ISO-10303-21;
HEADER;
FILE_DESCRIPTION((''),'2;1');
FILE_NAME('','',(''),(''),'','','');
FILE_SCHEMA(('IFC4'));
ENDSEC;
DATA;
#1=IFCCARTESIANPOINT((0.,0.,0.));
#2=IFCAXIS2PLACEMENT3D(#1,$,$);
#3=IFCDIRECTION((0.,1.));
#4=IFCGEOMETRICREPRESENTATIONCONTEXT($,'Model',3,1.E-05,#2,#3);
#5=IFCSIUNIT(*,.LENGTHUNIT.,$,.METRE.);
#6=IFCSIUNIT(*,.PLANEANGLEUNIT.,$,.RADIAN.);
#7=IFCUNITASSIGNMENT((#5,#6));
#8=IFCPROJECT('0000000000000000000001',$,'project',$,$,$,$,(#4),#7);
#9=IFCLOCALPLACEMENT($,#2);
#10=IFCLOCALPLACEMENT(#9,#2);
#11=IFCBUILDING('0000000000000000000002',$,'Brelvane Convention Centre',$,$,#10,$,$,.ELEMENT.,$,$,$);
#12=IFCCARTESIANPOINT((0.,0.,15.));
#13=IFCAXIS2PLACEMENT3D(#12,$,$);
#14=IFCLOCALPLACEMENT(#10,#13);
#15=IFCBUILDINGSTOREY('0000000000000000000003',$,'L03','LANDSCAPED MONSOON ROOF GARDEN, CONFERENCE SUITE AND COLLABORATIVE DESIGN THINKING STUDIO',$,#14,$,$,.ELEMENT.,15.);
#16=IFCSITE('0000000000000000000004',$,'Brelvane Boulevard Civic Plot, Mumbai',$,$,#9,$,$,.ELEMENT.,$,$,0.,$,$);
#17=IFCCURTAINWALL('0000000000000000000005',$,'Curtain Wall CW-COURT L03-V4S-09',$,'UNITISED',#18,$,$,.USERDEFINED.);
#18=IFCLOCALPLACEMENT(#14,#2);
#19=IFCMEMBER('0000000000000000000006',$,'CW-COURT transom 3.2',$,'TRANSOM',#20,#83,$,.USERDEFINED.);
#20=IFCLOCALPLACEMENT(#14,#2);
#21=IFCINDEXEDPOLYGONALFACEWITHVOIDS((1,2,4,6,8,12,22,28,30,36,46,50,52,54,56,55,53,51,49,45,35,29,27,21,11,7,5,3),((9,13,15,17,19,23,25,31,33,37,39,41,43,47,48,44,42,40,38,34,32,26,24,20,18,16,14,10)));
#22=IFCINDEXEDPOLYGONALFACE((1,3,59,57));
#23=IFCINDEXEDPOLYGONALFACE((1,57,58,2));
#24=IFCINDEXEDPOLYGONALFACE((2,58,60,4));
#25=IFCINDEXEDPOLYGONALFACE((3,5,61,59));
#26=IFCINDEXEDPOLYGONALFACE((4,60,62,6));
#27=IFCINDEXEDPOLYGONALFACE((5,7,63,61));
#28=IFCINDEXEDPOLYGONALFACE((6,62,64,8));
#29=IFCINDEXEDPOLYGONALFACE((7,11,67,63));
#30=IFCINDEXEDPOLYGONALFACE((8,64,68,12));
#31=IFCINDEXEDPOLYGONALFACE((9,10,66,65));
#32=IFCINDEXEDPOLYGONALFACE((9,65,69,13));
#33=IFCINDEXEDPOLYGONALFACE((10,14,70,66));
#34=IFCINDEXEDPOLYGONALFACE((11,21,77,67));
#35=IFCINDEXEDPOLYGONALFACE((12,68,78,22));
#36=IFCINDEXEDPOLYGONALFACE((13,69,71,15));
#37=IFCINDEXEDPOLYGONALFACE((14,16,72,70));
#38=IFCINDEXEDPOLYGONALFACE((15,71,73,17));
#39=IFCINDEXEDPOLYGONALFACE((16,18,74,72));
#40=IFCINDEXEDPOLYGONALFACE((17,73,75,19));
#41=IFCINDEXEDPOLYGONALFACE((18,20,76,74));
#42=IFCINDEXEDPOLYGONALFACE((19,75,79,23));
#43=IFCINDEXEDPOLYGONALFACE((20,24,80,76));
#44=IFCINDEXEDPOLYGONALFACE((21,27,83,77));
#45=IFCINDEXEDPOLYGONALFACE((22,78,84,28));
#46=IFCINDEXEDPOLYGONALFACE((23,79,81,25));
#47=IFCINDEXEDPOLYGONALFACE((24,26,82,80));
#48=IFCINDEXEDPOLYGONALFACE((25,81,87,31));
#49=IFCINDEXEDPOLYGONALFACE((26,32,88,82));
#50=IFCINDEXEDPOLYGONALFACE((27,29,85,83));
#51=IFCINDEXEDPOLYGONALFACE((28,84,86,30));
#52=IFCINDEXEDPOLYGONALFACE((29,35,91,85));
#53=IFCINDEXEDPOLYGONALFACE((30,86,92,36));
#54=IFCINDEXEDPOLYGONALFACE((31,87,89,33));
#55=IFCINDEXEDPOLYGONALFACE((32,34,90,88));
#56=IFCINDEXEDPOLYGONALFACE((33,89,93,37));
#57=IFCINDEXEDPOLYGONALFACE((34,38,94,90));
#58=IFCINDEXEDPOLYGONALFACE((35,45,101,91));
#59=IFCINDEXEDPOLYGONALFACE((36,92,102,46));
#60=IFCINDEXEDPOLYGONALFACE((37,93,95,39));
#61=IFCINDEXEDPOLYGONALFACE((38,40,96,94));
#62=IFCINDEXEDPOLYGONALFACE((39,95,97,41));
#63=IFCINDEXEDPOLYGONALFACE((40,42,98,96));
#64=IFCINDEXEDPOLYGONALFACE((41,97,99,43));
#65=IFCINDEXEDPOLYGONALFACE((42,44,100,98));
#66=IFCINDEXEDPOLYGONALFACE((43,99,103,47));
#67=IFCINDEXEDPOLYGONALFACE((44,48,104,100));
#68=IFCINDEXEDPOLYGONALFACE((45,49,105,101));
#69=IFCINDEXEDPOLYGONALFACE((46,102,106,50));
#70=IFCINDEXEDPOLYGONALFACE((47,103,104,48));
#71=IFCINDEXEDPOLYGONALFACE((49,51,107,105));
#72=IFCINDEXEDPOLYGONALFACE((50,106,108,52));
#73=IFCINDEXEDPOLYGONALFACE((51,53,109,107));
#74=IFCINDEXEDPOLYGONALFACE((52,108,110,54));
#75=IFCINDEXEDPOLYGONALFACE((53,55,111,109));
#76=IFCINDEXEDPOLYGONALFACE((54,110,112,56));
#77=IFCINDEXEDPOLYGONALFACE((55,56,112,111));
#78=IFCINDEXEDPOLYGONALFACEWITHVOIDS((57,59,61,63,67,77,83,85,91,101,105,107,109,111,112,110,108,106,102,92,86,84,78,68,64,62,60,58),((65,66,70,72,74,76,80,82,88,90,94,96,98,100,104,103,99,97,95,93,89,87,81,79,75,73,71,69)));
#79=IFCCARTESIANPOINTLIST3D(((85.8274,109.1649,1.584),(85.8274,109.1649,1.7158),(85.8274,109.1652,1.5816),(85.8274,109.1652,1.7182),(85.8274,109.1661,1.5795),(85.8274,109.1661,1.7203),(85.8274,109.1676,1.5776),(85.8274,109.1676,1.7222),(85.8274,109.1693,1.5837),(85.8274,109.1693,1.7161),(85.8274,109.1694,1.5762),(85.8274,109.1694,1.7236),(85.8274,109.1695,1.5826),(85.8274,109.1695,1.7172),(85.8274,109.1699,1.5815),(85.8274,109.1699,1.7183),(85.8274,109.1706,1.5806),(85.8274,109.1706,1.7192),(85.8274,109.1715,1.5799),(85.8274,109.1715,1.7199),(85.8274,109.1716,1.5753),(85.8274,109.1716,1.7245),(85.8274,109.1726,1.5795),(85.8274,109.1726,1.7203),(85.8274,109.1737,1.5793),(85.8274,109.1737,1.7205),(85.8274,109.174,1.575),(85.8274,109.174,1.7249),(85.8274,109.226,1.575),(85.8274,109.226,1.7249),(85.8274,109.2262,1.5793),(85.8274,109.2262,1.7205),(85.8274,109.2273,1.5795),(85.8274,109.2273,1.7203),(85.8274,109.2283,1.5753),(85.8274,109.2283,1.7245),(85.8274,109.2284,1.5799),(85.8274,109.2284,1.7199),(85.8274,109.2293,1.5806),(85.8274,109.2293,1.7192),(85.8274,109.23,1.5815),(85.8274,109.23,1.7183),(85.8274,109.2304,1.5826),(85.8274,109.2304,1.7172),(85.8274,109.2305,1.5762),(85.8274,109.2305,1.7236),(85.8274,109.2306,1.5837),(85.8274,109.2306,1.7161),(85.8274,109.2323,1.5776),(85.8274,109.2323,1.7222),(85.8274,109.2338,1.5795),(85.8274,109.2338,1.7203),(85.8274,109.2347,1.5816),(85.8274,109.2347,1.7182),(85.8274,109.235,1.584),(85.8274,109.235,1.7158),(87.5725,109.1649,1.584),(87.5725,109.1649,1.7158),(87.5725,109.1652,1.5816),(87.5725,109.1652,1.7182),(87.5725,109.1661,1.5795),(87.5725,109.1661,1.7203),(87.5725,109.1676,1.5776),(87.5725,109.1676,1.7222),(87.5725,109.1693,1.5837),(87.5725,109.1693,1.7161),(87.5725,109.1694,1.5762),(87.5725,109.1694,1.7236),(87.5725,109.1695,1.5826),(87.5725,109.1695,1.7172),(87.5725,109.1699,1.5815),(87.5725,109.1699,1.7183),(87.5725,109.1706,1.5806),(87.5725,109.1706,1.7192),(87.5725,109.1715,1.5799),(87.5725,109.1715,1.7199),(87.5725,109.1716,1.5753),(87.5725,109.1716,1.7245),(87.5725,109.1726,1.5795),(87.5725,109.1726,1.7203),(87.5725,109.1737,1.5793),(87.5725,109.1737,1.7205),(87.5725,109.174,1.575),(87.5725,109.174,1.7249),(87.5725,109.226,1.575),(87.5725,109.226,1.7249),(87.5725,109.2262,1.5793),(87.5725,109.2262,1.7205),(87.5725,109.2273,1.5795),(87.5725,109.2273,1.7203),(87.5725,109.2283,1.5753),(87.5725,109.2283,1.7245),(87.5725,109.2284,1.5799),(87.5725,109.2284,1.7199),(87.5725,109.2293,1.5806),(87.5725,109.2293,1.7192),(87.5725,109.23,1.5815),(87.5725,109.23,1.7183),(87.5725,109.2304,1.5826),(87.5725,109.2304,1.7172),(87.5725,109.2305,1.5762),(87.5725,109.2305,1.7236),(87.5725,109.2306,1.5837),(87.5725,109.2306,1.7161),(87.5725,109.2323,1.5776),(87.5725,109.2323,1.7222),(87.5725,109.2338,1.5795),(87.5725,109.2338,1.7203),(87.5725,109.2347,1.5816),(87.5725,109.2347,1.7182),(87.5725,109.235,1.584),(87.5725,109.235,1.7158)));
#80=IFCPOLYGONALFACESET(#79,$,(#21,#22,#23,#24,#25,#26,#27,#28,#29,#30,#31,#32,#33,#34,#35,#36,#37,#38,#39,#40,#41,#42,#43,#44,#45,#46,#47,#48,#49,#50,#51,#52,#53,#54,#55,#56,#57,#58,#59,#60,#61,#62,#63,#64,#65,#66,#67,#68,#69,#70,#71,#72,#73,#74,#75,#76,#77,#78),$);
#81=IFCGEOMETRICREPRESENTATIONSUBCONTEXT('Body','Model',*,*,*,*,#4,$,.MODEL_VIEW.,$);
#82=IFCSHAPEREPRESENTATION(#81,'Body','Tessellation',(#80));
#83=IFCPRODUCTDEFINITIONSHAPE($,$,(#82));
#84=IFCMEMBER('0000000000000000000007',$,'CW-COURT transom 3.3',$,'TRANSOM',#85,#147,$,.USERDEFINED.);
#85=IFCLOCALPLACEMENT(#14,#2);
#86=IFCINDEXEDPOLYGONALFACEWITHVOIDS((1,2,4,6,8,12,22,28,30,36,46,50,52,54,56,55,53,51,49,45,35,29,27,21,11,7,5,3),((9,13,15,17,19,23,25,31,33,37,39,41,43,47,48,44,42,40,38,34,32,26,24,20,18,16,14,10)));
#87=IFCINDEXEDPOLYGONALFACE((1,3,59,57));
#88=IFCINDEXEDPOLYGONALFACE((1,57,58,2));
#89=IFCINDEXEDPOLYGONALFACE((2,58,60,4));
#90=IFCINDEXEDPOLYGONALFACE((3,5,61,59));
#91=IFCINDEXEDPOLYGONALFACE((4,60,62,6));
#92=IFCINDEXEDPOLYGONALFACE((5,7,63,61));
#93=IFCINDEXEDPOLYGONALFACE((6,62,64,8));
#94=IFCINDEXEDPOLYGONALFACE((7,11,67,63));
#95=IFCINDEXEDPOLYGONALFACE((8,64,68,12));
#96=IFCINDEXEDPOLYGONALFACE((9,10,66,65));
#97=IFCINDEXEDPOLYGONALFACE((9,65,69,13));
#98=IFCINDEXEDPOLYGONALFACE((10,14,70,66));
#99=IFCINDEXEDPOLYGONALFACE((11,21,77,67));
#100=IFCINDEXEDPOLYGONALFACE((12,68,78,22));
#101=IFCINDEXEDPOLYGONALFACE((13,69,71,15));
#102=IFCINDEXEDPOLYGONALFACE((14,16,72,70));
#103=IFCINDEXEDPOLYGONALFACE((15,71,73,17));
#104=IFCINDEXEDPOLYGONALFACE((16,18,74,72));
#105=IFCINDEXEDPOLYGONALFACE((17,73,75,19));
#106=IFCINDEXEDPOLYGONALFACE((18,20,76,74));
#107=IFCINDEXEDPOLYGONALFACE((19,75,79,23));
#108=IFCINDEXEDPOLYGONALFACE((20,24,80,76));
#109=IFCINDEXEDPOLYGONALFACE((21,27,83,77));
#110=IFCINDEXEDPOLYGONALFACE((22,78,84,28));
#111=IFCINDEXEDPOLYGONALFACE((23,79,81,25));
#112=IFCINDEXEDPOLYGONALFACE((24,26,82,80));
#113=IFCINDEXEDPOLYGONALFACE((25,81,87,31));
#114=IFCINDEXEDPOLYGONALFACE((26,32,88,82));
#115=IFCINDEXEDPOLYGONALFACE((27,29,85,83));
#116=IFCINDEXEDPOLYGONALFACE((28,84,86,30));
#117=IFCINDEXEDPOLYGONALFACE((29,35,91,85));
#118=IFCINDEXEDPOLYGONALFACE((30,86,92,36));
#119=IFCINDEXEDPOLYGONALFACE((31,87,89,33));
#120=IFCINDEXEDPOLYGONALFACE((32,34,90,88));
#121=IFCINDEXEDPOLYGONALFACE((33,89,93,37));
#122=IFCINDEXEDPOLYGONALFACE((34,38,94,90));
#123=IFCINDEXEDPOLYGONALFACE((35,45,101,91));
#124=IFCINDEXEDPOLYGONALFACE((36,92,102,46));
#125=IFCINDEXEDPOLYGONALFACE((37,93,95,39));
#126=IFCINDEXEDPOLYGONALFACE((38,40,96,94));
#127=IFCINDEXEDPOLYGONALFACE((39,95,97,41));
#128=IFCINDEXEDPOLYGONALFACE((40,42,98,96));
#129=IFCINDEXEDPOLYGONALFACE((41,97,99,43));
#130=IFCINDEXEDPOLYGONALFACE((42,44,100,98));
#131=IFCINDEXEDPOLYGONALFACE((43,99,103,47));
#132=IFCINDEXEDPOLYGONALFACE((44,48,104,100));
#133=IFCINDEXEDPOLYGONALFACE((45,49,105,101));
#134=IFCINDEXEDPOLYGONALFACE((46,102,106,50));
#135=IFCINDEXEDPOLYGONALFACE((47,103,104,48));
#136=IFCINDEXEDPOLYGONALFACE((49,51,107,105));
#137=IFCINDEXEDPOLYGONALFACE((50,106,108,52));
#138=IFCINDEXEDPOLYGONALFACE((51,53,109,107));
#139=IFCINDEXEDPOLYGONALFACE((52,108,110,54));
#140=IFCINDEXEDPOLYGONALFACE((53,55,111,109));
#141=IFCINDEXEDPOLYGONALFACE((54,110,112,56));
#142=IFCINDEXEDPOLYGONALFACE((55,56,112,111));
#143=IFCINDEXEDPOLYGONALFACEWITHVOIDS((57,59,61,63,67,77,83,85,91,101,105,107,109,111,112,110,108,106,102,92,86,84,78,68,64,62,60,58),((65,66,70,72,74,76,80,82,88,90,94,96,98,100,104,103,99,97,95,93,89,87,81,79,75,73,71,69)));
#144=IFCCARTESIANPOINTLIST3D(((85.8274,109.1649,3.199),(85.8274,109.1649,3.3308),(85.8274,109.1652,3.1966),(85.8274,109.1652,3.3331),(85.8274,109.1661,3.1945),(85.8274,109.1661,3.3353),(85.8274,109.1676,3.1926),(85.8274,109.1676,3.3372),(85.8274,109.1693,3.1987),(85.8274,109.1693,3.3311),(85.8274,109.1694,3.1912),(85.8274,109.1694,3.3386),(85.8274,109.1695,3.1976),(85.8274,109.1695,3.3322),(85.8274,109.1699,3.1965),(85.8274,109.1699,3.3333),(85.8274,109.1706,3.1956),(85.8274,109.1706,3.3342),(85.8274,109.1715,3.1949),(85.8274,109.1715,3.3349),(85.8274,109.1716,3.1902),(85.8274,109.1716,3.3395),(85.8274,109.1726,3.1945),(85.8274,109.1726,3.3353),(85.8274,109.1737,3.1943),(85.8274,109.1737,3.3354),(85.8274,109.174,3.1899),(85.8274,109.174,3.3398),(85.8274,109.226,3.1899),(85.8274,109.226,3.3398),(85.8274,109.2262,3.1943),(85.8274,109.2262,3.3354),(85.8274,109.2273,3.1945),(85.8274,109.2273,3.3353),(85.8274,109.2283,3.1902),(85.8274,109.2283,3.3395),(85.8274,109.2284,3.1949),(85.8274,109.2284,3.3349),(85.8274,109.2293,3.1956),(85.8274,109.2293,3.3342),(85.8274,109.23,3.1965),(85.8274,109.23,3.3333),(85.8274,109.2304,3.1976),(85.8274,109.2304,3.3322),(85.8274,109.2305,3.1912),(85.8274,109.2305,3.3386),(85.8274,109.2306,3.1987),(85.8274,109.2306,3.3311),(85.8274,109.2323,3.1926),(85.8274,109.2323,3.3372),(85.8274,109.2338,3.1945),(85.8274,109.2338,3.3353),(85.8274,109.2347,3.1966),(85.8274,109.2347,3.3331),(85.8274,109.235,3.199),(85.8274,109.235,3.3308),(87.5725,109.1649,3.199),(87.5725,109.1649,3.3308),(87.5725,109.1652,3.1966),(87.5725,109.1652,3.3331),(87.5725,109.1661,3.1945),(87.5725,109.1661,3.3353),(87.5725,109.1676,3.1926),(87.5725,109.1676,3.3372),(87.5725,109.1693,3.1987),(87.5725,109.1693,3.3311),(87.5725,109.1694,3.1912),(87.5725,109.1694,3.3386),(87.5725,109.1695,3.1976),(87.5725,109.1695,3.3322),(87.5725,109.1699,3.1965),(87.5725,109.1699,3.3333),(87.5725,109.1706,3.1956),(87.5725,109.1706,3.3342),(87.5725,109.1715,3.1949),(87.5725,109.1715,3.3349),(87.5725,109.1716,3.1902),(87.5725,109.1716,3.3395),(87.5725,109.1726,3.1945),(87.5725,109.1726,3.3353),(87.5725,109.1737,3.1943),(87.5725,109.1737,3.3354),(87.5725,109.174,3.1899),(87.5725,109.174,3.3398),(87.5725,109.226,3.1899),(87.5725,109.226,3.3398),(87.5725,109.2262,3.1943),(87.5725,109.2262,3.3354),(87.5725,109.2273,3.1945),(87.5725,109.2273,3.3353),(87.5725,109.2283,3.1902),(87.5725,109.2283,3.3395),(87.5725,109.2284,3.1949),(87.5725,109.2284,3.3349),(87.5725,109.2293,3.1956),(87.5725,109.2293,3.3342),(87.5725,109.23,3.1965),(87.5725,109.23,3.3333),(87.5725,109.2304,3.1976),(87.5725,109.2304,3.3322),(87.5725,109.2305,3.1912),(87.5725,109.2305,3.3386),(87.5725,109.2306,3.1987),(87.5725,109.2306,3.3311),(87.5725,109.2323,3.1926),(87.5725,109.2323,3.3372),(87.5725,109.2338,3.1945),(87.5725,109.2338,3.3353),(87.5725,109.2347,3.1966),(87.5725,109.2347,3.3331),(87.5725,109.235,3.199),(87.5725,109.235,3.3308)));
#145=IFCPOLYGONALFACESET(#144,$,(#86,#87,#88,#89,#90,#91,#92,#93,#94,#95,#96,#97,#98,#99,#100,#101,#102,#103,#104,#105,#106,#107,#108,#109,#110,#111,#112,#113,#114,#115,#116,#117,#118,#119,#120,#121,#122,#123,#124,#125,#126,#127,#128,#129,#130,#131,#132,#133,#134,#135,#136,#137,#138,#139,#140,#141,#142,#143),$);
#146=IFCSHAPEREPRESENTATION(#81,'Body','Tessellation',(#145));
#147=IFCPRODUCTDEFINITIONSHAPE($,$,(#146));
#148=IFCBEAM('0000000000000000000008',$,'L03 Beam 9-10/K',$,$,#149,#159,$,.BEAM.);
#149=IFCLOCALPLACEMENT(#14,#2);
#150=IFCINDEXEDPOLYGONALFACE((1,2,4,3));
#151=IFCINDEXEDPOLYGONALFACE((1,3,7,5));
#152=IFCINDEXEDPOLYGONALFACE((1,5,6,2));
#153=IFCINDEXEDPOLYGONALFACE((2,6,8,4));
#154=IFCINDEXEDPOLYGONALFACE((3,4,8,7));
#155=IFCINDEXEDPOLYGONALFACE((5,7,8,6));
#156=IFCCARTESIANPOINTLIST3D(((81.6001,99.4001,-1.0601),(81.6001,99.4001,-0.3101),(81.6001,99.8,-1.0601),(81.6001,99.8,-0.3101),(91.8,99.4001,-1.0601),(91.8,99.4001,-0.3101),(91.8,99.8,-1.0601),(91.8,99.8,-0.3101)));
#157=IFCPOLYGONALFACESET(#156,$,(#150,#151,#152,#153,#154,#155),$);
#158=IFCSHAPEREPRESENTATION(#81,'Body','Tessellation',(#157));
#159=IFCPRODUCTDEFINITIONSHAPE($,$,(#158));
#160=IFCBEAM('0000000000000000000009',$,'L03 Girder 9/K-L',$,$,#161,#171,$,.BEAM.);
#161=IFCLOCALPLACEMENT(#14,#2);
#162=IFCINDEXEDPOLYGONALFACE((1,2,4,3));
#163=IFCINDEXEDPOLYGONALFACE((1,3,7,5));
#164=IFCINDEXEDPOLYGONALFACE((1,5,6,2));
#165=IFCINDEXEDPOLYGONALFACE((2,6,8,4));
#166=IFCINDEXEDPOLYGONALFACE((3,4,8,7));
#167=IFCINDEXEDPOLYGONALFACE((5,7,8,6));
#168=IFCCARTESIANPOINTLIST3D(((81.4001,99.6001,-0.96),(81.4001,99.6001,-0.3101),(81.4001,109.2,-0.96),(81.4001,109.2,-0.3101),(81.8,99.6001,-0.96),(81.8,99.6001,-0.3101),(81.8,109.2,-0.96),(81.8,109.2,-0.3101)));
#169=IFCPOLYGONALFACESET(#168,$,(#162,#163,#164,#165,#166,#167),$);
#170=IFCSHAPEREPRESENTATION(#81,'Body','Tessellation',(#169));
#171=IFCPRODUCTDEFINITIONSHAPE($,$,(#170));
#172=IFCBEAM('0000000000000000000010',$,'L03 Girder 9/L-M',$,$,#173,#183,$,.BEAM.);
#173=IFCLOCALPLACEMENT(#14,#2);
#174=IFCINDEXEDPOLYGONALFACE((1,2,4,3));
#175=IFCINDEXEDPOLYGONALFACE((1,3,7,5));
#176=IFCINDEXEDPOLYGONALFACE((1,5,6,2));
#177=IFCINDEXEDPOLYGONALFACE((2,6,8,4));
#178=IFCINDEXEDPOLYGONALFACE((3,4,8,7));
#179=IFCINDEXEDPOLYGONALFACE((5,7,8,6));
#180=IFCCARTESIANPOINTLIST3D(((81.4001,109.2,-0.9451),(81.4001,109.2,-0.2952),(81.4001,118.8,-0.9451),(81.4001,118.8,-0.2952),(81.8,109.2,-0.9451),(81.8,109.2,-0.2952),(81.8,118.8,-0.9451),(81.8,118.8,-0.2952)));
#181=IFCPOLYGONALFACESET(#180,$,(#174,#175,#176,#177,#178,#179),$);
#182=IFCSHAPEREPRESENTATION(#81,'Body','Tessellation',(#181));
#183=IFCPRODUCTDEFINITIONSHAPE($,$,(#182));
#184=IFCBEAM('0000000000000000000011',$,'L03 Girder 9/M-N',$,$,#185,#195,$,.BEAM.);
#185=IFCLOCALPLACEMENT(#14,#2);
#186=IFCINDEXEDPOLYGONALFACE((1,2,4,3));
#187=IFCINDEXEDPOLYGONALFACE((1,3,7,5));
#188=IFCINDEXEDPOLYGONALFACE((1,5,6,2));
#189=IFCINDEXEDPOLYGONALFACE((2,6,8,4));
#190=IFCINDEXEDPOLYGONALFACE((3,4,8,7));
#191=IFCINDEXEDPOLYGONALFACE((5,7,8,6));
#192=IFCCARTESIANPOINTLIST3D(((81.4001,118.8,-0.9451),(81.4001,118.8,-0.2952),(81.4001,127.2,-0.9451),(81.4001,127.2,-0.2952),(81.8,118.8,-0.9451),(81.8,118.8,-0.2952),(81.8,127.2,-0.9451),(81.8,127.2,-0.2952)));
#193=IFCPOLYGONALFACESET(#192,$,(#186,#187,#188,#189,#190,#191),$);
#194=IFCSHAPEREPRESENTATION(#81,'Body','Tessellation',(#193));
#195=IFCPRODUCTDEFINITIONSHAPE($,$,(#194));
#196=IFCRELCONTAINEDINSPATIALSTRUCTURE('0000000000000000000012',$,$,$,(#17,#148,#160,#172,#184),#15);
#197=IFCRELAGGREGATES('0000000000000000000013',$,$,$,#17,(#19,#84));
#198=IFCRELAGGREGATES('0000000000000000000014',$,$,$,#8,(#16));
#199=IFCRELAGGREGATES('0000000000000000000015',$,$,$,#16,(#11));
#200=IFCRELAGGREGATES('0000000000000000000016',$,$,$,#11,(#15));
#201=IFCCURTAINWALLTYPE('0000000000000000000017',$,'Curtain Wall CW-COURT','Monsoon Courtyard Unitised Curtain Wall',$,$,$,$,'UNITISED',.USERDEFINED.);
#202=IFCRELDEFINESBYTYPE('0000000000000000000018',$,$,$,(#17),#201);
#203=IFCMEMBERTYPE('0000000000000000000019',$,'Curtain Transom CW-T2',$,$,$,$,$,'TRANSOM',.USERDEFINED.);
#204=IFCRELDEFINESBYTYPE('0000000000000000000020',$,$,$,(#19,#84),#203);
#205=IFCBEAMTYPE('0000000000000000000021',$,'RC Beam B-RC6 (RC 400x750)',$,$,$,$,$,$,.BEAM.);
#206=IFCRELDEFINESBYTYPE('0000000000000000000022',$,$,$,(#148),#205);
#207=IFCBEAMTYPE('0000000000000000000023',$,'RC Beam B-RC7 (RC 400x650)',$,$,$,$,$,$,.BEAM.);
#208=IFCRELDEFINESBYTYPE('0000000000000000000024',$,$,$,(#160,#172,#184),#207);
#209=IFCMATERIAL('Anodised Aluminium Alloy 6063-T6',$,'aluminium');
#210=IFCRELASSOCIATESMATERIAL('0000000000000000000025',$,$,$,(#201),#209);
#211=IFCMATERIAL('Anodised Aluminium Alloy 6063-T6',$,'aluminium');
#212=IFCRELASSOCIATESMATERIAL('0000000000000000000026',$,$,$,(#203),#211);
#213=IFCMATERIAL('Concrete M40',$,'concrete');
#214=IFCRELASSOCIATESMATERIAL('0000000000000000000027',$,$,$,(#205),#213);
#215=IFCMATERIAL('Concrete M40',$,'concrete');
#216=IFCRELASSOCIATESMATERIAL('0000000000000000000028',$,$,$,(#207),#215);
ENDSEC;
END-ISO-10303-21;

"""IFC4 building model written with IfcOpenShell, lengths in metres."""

from ifc_helpers import new_model, si_unit, direction, frame, origin, origin_2d, place, context, subcontext, project, spatial, rectangle, hollow_rectangle, extrude, material, material_profile, profile_set, type_object, element, aggregate, save


model = new_model("IFC4")

# Units and contexts
model_context = context("Model", 3, precision=1e-05, world=origin(), true_north=direction((0.0, 1.0)))
body_context = subcontext(model_context, "Body", "Model", "MODEL_VIEW")
ifc_project = project(units=[si_unit("LENGTHUNIT", "METRE"), si_unit("PLANEANGLEUNIT", "RADIAN")], contexts=[model_context])

# Site, building, storey
site_placement = place(None, origin())
site = spatial("IfcSite", under=ifc_project, at=site_placement, Name="Brelvane Boulevard Civic Plot, Mumbai", CompositionType="ELEMENT", RefElevation=0.0)
building_placement = place(site_placement, origin())
building = spatial("IfcBuilding", under=site, at=building_placement, Name="Brelvane Convention Centre", CompositionType="ELEMENT")
storey_placement = place(building_placement, frame((0.0, 0.0, 15.0)))
storey = spatial("IfcBuildingStorey", under=building, at=storey_placement, Name="L03", Description="LANDSCAPED MONSOON ROOF GARDEN, CONFERENCE SUITE AND COLLABORATIVE DESIGN THINKING STUDIO", CompositionType="ELEMENT", Elevation=15.0)

# Curtain wall, members
ifc_material_1 = material(Name="Anodised Aluminium Alloy 6063-T6", Category="aluminium")
curtain_wall_type = type_object("IfcCurtainWallType", Name="Curtain Wall CW-COURT", Description="Monsoon Courtyard Unitised Curtain Wall", ElementType="UNITISED", PredefinedType="USERDEFINED", material=ifc_material_1)
curtain_wall_placement = place(storey_placement, origin())
curtain_wall = element("IfcCurtainWall", 1, at=curtain_wall_placement, inside=storey, type_object=curtain_wall_type, Name="Curtain Wall CW-COURT L03-V4S-09", ObjectType="UNITISED", PredefinedType="USERDEFINED")
ifc_material_2 = material(Name="Anodised Aluminium Alloy 6063-T6", Category="aluminium")
ifc_material_profile_1 = material_profile(ifc_material_2, hollow_rectangle(XDim=0.0701, YDim=0.1499, WallThickness=0.0044, InnerFilletRadius=0.0044, OuterFilletRadius=0.009, at=origin_2d()), Name="ALU-T 150x70x4.5")
ifc_profile_set_1 = profile_set([ifc_material_profile_1], Name="Anodised Aluminium Alloy 6063-T6")
member_type_1 = type_object("IfcMemberType", Name="Curtain Transom CW-T2", ElementType="TRANSOM", PredefinedType="USERDEFINED", material=ifc_profile_set_1)
member_1_placement = place(storey_placement, frame((85.8274, 109.2, 1.6499), z_axis=(1.0, 0.0, 0.0), x_axis=(0.0, 1.0, 0.0)))
member_1 = element("IfcMember", 2, at=member_1_placement, type_object=member_type_1, Name="CW-COURT transom 3.2", ObjectType="TRANSOM", PredefinedType="USERDEFINED", context=body_context, shape_type="SweptSolid", body=[
    extrude(hollow_rectangle(XDim=0.0701, YDim=0.1499, WallThickness=0.0044, InnerFilletRadius=0.0044, OuterFilletRadius=0.009, at=origin_2d()), origin(), (0.0, 0.0, 1.0), 1.7451),
])
member_2_placement = place(storey_placement, frame((85.8274, 109.2, 3.2649), z_axis=(1.0, 0.0, 0.0), x_axis=(0.0, 1.0, 0.0)))
member_2 = element("IfcMember", 3, at=member_2_placement, type_object=member_type_1, Name="CW-COURT transom 3.3", ObjectType="TRANSOM", PredefinedType="USERDEFINED", context=body_context, shape_type="SweptSolid", body=[
    extrude(hollow_rectangle(XDim=0.0701, YDim=0.1499, WallThickness=0.0044, InnerFilletRadius=0.0044, OuterFilletRadius=0.009, at=origin_2d()), origin(), (0.0, 0.0, 1.0), 1.7451),
])

# Beams
ifc_material_3 = material(Name="Concrete M40", Category="concrete")
ifc_material_profile_2 = material_profile(ifc_material_3, rectangle(XDim=0.3999, YDim=0.75, at=origin_2d()), Name="RC 400x750")
ifc_profile_set_2 = profile_set([ifc_material_profile_2], Name="Concrete M40")
beam_type_1 = type_object("IfcBeamType", Name="RC Beam B-RC6 (RC 400x750)", PredefinedType="BEAM", material=ifc_profile_set_2)
beam_1_placement = place(storey_placement, frame((81.6001, 99.6001, -0.6851), z_axis=(1.0, 0.0, 0.0), x_axis=(0.0, 1.0, 0.0)))
element("IfcBeam", 4, at=beam_1_placement, inside=storey, type_object=beam_type_1, Name="L03 Beam 9-10/K", PredefinedType="BEAM", context=body_context, shape_type="SweptSolid", body=[
    extrude(rectangle(XDim=0.3999, YDim=0.75, at=origin_2d()), origin(), (0.0, 0.0, 1.0), 10.2),
])
ifc_material_4 = material(Name="Concrete M40", Category="concrete")
ifc_material_profile_3 = material_profile(ifc_material_4, rectangle(XDim=0.3999, YDim=0.6499, at=origin_2d()), Name="RC 400x650")
ifc_profile_set_3 = profile_set([ifc_material_profile_3], Name="Concrete M40")
beam_type_2 = type_object("IfcBeamType", Name="RC Beam B-RC7 (RC 400x650)", PredefinedType="BEAM", material=ifc_profile_set_3)
beam_2_placement = place(storey_placement, frame((81.6001, 99.6001, -0.635), z_axis=(0.0, 1.0, 0.0), x_axis=(-1.0, 0.0, 0.0)))
element("IfcBeam", 5, at=beam_2_placement, inside=storey, type_object=beam_type_2, Name="L03 Girder 9/K-L", PredefinedType="BEAM", context=body_context, shape_type="SweptSolid", body=[
    extrude(rectangle(XDim=0.3999, YDim=0.6499, at=origin_2d()), origin(), (0.0, 0.0, 1.0), 9.5999),
])
beam_3_placement = place(storey_placement, frame((81.6001, 109.2, -0.6201), z_axis=(0.0, 1.0, 0.0), x_axis=(-1.0, 0.0, 0.0)))
element("IfcBeam", 6, at=beam_3_placement, inside=storey, type_object=beam_type_2, Name="L03 Girder 9/L-M", PredefinedType="BEAM", context=body_context, shape_type="SweptSolid", body=[
    extrude(rectangle(XDim=0.3999, YDim=0.6499, at=origin_2d()), origin(), (0.0, 0.0, 1.0), 9.6001),
])
beam_4_placement = place(storey_placement, frame((81.6001, 118.8, -0.6201), z_axis=(0.0, 1.0, 0.0), x_axis=(-1.0, 0.0, 0.0)))
element("IfcBeam", 7, at=beam_4_placement, inside=storey, type_object=beam_type_2, Name="L03 Girder 9/M-N", PredefinedType="BEAM", context=body_context, shape_type="SweptSolid", body=[
    extrude(rectangle(XDim=0.3999, YDim=0.6499, at=origin_2d()), origin(), (0.0, 0.0, 1.0), 8.3999),
])

aggregate(curtain_wall, [member_1, member_2])

save(model, "model.ifc")
